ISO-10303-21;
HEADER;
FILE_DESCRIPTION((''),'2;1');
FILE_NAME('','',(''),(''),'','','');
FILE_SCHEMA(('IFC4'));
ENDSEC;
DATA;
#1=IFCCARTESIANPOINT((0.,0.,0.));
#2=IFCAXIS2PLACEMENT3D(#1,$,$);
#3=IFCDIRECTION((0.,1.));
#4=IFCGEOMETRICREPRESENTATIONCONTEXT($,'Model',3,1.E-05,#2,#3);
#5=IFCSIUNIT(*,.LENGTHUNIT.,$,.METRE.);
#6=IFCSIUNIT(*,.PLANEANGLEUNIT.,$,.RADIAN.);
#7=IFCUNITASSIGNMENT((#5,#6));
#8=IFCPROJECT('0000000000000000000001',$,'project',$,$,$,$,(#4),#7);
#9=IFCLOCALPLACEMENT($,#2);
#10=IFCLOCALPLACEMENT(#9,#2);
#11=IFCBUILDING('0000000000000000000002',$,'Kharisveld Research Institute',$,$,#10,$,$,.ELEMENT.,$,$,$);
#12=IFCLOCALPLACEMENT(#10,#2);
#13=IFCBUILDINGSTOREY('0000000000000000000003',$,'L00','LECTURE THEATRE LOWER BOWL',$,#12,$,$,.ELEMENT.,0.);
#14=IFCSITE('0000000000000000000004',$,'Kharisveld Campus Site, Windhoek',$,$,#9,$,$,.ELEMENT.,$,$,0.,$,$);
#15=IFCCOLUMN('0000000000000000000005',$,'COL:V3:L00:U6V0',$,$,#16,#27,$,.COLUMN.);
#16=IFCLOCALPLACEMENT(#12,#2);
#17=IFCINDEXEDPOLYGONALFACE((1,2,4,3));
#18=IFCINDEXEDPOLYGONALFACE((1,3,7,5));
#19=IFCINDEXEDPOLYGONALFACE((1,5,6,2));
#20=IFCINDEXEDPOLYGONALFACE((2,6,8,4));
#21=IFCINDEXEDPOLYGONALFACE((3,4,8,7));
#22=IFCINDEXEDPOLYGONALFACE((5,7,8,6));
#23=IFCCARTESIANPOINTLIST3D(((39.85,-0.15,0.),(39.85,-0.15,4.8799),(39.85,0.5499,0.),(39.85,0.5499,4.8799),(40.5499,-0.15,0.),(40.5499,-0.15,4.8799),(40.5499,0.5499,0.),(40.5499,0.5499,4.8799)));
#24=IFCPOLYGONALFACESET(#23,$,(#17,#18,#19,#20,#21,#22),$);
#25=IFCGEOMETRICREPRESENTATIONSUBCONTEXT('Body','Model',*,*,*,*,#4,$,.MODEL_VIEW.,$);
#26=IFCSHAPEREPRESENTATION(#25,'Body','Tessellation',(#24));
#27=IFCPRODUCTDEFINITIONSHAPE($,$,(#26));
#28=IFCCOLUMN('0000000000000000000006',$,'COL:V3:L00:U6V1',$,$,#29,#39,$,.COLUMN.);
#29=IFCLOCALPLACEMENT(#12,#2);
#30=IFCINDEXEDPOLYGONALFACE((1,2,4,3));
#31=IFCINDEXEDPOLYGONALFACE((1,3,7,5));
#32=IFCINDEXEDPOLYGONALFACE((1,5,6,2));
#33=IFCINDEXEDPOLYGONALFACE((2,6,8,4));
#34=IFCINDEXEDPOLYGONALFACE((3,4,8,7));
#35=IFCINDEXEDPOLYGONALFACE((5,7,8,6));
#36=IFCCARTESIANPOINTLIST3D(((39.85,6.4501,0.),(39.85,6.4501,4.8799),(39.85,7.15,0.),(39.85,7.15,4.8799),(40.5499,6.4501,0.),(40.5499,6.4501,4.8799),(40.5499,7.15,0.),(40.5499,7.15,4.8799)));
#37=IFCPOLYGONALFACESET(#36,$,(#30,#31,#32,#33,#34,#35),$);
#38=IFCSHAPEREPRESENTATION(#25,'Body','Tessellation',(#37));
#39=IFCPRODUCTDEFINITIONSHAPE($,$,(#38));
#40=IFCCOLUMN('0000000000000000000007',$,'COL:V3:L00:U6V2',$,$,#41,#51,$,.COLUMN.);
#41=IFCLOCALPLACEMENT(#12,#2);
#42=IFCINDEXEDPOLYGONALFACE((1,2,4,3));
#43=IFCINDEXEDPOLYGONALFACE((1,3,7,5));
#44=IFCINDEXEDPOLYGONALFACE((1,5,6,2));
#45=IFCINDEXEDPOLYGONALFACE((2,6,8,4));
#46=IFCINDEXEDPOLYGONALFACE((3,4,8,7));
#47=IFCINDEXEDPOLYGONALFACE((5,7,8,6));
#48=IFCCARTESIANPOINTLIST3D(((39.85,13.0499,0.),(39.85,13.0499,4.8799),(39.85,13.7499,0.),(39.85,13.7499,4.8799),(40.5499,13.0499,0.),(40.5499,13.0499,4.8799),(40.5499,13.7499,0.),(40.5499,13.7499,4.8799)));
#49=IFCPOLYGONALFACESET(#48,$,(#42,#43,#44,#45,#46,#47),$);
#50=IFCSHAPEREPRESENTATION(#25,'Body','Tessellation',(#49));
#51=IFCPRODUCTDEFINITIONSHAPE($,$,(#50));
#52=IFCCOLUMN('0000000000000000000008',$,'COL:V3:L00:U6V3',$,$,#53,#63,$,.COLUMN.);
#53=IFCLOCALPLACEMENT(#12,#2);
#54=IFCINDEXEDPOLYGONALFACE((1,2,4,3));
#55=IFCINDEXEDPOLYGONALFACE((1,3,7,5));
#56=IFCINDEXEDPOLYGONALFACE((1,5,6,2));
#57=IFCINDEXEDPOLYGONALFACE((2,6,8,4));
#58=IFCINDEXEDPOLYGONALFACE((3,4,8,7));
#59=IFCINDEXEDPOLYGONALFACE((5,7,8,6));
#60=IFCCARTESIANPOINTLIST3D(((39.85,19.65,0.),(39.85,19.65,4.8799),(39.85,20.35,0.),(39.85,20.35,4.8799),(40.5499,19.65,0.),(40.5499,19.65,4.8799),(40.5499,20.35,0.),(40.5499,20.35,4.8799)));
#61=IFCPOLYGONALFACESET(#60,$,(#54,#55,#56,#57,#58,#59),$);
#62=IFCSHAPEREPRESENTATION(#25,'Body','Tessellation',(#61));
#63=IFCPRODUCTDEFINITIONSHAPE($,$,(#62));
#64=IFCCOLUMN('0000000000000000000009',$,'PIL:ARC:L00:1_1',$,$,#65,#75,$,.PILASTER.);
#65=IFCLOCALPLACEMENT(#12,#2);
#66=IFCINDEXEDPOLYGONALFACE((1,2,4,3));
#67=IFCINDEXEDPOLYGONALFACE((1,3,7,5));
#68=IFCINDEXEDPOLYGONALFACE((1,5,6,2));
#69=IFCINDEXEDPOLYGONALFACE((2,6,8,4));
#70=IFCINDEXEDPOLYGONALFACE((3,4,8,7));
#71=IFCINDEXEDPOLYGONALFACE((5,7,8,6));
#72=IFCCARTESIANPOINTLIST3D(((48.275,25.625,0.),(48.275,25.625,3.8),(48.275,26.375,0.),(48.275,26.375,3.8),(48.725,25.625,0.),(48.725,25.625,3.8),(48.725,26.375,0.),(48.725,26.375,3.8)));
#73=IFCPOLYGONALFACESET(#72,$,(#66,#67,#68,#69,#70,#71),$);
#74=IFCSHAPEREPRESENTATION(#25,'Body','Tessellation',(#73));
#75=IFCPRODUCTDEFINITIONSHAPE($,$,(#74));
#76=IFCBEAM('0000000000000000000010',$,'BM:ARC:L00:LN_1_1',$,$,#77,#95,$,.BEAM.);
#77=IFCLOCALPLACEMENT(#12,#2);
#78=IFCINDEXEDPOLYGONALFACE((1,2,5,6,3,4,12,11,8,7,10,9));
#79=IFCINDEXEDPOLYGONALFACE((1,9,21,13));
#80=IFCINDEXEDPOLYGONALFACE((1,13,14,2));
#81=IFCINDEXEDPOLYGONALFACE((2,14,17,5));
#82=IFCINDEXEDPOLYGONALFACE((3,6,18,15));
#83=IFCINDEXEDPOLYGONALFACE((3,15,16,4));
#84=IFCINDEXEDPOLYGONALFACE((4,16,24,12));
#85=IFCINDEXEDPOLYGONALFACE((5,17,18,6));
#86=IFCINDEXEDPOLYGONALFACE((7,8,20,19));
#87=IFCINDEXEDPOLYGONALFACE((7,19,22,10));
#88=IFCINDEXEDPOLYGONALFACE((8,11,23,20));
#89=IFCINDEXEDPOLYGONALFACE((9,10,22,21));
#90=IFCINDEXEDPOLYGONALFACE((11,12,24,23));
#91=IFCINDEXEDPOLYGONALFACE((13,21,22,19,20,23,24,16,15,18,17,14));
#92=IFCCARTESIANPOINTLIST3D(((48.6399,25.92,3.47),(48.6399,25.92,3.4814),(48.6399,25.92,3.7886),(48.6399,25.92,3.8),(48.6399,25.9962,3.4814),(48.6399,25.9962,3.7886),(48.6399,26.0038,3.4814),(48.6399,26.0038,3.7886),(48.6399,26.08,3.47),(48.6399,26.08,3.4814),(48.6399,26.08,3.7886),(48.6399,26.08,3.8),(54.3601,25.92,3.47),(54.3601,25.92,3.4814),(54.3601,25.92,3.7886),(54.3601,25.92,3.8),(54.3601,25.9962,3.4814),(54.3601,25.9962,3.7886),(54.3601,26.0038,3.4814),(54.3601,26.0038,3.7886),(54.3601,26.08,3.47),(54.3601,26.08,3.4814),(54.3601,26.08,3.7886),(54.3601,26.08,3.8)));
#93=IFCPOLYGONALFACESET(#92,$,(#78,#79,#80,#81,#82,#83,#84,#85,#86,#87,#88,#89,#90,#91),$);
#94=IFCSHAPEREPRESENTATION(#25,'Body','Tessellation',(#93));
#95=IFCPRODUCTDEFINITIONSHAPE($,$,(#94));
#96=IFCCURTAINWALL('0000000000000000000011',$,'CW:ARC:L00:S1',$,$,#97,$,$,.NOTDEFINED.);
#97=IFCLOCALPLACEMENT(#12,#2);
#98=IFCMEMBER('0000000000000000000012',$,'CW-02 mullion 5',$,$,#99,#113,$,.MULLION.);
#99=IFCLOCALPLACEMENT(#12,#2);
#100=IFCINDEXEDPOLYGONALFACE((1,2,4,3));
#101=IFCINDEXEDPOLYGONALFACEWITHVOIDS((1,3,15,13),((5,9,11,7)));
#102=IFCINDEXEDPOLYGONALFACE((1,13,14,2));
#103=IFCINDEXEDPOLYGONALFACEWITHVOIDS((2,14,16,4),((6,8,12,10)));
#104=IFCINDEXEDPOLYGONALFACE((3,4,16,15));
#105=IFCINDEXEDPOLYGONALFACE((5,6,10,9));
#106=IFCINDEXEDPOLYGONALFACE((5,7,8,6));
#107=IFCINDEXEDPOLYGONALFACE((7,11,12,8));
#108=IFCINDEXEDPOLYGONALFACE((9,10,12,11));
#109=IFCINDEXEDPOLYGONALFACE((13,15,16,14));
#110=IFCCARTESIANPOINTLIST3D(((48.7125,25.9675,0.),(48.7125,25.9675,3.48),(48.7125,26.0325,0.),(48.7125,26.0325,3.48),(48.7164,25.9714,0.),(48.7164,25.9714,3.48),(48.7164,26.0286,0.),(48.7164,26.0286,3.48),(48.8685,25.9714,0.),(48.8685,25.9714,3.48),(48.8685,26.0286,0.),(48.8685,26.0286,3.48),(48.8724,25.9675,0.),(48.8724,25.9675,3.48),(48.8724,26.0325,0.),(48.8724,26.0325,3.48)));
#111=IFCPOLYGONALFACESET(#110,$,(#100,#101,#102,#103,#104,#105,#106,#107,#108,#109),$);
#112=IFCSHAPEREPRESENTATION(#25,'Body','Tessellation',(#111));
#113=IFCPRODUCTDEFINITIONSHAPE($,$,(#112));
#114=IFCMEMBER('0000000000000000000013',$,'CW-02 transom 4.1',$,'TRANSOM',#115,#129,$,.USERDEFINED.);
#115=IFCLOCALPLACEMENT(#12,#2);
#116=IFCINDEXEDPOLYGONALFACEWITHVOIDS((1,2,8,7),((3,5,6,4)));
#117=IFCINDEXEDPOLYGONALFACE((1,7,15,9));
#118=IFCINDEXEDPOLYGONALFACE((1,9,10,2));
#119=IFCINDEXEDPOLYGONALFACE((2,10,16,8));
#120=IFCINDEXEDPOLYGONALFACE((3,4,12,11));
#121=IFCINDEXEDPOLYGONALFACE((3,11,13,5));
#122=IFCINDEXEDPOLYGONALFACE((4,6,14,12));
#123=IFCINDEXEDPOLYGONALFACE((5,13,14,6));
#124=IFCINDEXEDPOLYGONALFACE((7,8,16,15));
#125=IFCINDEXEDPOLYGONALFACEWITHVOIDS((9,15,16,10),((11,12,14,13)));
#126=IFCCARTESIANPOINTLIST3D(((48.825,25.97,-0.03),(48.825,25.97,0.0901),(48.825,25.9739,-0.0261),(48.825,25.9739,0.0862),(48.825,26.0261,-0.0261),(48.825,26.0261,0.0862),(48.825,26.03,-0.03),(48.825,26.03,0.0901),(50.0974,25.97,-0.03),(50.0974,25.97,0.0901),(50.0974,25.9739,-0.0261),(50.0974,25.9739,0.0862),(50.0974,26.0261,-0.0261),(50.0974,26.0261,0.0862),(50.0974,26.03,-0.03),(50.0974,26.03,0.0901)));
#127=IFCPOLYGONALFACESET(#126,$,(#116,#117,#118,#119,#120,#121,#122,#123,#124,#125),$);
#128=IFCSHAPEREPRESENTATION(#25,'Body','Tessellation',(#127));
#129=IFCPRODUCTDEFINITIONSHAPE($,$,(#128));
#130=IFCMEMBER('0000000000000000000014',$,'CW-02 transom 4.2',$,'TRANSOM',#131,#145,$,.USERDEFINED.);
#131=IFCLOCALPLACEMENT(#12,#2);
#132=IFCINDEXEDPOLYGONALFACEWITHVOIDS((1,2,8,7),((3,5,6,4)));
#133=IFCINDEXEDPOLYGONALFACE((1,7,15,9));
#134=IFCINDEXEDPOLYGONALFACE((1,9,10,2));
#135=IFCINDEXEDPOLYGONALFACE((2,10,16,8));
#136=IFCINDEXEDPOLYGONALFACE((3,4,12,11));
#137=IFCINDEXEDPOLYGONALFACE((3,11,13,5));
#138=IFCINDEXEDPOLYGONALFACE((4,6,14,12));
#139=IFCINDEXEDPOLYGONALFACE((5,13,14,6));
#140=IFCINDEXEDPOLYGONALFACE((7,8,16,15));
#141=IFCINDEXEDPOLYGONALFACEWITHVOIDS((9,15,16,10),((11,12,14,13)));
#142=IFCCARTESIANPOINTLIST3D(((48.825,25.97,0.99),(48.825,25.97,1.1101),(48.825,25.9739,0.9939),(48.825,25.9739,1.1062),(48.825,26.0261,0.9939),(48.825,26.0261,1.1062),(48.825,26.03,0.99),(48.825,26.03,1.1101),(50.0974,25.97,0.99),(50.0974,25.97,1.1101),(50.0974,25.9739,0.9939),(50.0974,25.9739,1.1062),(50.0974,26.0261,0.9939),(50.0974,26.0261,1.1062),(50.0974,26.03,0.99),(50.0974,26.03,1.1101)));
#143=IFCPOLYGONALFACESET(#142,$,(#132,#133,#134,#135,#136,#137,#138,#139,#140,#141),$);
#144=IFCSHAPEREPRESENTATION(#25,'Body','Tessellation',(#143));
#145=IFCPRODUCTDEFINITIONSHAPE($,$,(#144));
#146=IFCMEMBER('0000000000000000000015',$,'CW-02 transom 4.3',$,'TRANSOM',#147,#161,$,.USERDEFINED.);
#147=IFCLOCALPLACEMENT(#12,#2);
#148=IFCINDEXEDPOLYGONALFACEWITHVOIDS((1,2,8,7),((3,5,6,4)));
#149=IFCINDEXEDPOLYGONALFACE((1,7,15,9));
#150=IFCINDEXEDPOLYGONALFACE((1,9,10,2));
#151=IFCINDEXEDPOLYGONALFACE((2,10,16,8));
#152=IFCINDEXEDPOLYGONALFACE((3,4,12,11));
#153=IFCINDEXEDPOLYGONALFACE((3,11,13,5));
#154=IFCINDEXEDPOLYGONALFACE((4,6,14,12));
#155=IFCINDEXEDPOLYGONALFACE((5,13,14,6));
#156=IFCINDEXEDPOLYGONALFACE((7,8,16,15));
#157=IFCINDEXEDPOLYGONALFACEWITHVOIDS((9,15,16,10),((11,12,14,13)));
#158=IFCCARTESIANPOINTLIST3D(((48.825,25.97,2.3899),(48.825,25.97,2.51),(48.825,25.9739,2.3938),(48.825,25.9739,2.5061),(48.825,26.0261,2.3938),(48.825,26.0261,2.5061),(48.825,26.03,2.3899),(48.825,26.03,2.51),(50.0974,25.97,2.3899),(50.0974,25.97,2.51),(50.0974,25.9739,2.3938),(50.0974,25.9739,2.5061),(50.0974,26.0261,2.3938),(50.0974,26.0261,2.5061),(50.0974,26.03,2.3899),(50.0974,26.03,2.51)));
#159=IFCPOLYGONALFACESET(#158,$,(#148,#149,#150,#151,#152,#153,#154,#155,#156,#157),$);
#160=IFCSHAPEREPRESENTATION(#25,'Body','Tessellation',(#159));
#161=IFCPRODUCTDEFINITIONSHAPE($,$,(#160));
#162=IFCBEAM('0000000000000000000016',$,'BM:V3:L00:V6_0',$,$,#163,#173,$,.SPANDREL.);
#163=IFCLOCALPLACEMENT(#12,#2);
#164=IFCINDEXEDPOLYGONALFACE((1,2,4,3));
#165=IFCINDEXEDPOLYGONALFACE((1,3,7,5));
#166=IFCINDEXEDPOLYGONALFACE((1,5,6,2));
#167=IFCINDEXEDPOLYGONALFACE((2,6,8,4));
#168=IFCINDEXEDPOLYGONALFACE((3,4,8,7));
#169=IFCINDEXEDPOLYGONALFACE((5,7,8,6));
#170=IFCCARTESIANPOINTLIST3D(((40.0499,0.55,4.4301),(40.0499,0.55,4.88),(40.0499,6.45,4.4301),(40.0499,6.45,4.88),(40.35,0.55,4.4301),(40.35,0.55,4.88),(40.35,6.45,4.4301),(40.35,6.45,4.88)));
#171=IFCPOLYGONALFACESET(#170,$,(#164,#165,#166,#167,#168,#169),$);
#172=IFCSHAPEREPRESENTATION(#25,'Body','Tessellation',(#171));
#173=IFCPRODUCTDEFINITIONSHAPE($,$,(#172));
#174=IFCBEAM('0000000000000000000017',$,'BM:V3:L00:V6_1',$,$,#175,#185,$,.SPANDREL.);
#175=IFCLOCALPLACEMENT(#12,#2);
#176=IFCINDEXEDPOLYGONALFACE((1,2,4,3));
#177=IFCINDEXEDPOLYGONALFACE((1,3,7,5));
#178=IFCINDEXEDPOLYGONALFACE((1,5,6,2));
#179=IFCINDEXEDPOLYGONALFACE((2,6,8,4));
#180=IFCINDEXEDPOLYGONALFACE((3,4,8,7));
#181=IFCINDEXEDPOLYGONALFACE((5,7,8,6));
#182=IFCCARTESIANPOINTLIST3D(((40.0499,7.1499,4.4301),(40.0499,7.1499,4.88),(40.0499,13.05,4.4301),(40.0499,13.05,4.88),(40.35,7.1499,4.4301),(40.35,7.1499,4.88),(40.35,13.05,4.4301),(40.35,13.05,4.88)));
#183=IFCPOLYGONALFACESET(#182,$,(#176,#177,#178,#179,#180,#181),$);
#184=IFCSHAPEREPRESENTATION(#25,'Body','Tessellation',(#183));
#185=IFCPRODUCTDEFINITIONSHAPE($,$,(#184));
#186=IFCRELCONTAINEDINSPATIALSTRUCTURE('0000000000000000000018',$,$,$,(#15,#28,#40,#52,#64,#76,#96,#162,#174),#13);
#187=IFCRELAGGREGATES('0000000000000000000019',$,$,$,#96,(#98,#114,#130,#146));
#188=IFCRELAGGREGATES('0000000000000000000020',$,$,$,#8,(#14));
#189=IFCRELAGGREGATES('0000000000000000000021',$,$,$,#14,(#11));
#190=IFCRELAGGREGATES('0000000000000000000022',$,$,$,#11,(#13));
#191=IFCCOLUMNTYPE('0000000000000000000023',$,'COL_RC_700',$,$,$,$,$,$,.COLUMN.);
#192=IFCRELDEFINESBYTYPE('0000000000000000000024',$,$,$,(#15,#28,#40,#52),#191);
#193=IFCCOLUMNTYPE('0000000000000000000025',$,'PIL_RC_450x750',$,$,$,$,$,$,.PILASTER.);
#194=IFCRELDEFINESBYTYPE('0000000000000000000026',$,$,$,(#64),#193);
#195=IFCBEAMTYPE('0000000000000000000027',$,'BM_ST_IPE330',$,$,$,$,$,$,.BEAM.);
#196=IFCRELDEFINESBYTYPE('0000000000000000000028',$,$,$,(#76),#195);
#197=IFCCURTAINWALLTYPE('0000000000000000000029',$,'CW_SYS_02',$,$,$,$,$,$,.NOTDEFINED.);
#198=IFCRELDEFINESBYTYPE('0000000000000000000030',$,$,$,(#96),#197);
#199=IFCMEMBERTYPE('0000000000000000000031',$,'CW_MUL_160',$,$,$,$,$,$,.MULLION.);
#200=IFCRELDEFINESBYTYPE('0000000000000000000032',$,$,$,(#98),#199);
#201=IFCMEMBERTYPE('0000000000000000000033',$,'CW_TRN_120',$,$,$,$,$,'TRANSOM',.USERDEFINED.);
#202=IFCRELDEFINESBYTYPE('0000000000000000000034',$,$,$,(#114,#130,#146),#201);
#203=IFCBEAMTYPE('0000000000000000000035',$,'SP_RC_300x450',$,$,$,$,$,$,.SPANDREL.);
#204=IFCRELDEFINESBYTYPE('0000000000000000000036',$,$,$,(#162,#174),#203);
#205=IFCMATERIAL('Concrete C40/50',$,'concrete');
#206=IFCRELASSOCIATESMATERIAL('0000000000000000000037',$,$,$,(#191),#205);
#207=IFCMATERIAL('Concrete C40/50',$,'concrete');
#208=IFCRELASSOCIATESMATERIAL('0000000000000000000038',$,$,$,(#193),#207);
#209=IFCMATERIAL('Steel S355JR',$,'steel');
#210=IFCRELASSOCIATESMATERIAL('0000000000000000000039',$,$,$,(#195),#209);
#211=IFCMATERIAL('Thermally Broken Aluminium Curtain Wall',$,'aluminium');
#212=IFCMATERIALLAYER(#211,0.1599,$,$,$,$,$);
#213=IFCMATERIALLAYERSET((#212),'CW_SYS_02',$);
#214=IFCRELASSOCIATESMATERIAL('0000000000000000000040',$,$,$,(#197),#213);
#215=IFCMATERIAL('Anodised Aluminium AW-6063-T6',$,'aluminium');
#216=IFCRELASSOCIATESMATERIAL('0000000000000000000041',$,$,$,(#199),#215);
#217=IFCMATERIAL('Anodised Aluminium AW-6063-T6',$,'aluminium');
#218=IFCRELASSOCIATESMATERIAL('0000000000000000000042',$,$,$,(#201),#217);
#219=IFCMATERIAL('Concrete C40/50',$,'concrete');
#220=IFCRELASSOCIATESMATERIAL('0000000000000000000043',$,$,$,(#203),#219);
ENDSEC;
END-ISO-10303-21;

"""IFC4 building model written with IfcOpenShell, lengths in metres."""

from ifc_helpers import new_model, si_unit, direction, frame, origin, origin_2d, place, context, subcontext, project, spatial, rectangle, hollow_rectangle, i_section, extrude, material, layer, layer_set, material_profile, profile_set, type_object, element, aggregate, save


model = new_model("IFC4")

# Units and contexts
model_context = context("Model", 3, precision=1e-05, world=origin(), true_north=direction((0.0, 1.0)))
body_context = subcontext(model_context, "Body", "Model", "MODEL_VIEW")
ifc_project = project(units=[si_unit("LENGTHUNIT", "METRE"), si_unit("PLANEANGLEUNIT", "RADIAN")], contexts=[model_context])

# Site, building, storey
site_placement = place(None, origin())
site = spatial("IfcSite", under=ifc_project, at=site_placement, Name="Kharisveld Campus Site, Windhoek", CompositionType="ELEMENT", RefElevation=0.0)
building_placement = place(site_placement, origin())
building = spatial("IfcBuilding", under=site, at=building_placement, Name="Kharisveld Research Institute", CompositionType="ELEMENT")
storey_placement = place(building_placement, origin())
storey = spatial("IfcBuildingStorey", under=building, at=storey_placement, Name="L00", Description="LECTURE THEATRE LOWER BOWL", CompositionType="ELEMENT", Elevation=0.0)

# Columns
ifc_material_1 = material(Name="Concrete C40/50", Category="concrete")
ifc_material_profile_1 = material_profile(ifc_material_1, rectangle(XDim=0.7, YDim=0.7, at=origin_2d()))
ifc_profile_set_1 = profile_set([ifc_material_profile_1], Name="Concrete C40/50")
column_type_1 = type_object("IfcColumnType", Name="COL_RC_700", PredefinedType="COLUMN", material=ifc_profile_set_1)
for number, where, z_axis, x_axis, name in (
    (1, (40.2, 0.2, 0.0), (0.0, 0.0, 1.0), (1.0, 0.0, 0.0), "COL:V3:L00:U6V0"),
    (2, (40.2, 6.8, 0.0), (0.0, 0.0, 1.0), (1.0, 0.0, 0.0), "COL:V3:L00:U6V1"),
    (3, (40.2, 13.3999, 0.0), (0.0, 0.0, 1.0), (1.0, 0.0, 0.0), "COL:V3:L00:U6V2"),
    (4, (40.2, 20.0, 0.0), (0.0, 0.0, 1.0), (1.0, 0.0, 0.0), "COL:V3:L00:U6V3"),
):
    element("IfcColumn", number, at=place(storey_placement, frame(where, z_axis=z_axis, x_axis=x_axis)), inside=storey, type_object=column_type_1, Name=name, PredefinedType="COLUMN", context=body_context, shape_type="SweptSolid", body=[
        extrude(rectangle(XDim=0.7, YDim=0.7, at=origin_2d()), origin(), (0.0, 0.0, 1.0), 4.8799),
    ])
ifc_material_2 = material(Name="Concrete C40/50", Category="concrete")
ifc_material_profile_2 = material_profile(ifc_material_2, rectangle(XDim=0.45, YDim=0.75, at=origin_2d()))
ifc_profile_set_2 = profile_set([ifc_material_profile_2], Name="Concrete C40/50")
column_type_2 = type_object("IfcColumnType", Name="PIL_RC_450x750", PredefinedType="PILASTER", material=ifc_profile_set_2)
column_placement = place(storey_placement, frame((48.5, 26.0, 0.0), z_axis=(0.0, 0.0, 1.0), x_axis=(1.0, 0.0, 0.0)))
element("IfcColumn", 5, at=column_placement, inside=storey, type_object=column_type_2, Name="PIL:ARC:L00:1_1", PredefinedType="PILASTER", context=body_context, shape_type="SweptSolid", body=[
    extrude(rectangle(XDim=0.45, YDim=0.75, at=origin_2d()), origin(), (0.0, 0.0, 1.0), 3.8),
])

# Beam
ifc_material_3 = material(Name="Steel S355JR", Category="steel")
ifc_material_profile_3 = material_profile(ifc_material_3, i_section(OverallWidth=0.1599, OverallDepth=0.3301, WebThickness=0.0076, FlangeThickness=0.0115, at=origin_2d()))
ifc_profile_set_3 = profile_set([ifc_material_profile_3], Name="Steel S355JR")
beam_type_1 = type_object("IfcBeamType", Name="BM_ST_IPE330", PredefinedType="BEAM", material=ifc_profile_set_3)
beam_1_placement = place(storey_placement, frame((48.6399, 26.0, 3.635), z_axis=(1.0, 0.0, 0.0), x_axis=(0.0, 1.0, 0.0)))
element("IfcBeam", 6, at=beam_1_placement, inside=storey, type_object=beam_type_1, Name="BM:ARC:L00:LN_1_1", PredefinedType="BEAM", context=body_context, shape_type="SweptSolid", body=[
    extrude(i_section(OverallWidth=0.1599, OverallDepth=0.3301, WebThickness=0.0076, FlangeThickness=0.0115, at=origin_2d()), origin(), (0.0, 0.0, 1.0), 5.7202),
])

# Curtain wall, members
ifc_material_4 = material(Name="Thermally Broken Aluminium Curtain Wall", Category="aluminium")
ifc_layer_1 = layer(ifc_material_4, 0.1599)
ifc_layer_set_1 = layer_set([ifc_layer_1], Name="CW_SYS_02")
curtain_wall_type = type_object("IfcCurtainWallType", Name="CW_SYS_02", PredefinedType="NOTDEFINED", material=ifc_layer_set_1)
curtain_wall_placement = place(storey_placement, origin())
curtain_wall = element("IfcCurtainWall", 7, at=curtain_wall_placement, inside=storey, type_object=curtain_wall_type, Name="CW:ARC:L00:S1", PredefinedType="NOTDEFINED")
ifc_material_5 = material(Name="Anodised Aluminium AW-6063-T6", Category="aluminium")
ifc_material_profile_4 = material_profile(ifc_material_5, hollow_rectangle(XDim=0.0649, YDim=0.1599, WallThickness=0.0039, at=origin_2d()))
ifc_profile_set_4 = profile_set([ifc_material_profile_4], Name="Anodised Aluminium AW-6063-T6")
member_type_1 = type_object("IfcMemberType", Name="CW_MUL_160", PredefinedType="MULLION", material=ifc_profile_set_4)
member_1_placement = place(storey_placement, frame((48.7925, 26.0, 0.0), z_axis=(0.0, 0.0, 1.0), x_axis=(0.0, -1.0, 0.0)))
member_1 = element("IfcMember", 8, at=member_1_placement, type_object=member_type_1, Name="CW-02 mullion 5", PredefinedType="MULLION", context=body_context, shape_type="SweptSolid", body=[
    extrude(hollow_rectangle(XDim=0.0649, YDim=0.1599, WallThickness=0.0039, at=origin_2d()), origin(), (0.0, 0.0, 1.0), 3.48),
])
ifc_material_6 = material(Name="Anodised Aluminium AW-6063-T6", Category="aluminium")
ifc_material_profile_5 = material_profile(ifc_material_6, hollow_rectangle(XDim=0.0601, YDim=0.1201, WallThickness=0.0039, at=origin_2d()))
ifc_profile_set_5 = profile_set([ifc_material_profile_5], Name="Anodised Aluminium AW-6063-T6")
member_type_2 = type_object("IfcMemberType", Name="CW_TRN_120", ElementType="TRANSOM", PredefinedType="USERDEFINED", material=ifc_profile_set_5)
member_2_placement = place(storey_placement, frame((50.0974, 26.0, 0.03), z_axis=(-1.0, 0.0, 0.0), x_axis=(0.0, -1.0, 0.0)))
member_2 = element("IfcMember", 9, at=member_2_placement, type_object=member_type_2, Name="CW-02 transom 4.1", ObjectType="TRANSOM", PredefinedType="USERDEFINED", context=body_context, shape_type="SweptSolid", body=[
    extrude(hollow_rectangle(XDim=0.0601, YDim=0.1201, WallThickness=0.0039, at=origin_2d()), origin(), (0.0, 0.0, 1.0), 1.2725),
])
member_3_placement = place(storey_placement, frame((50.0974, 26.0, 1.05), z_axis=(-1.0, 0.0, 0.0), x_axis=(0.0, -1.0, 0.0)))
member_3 = element("IfcMember", 10, at=member_3_placement, type_object=member_type_2, Name="CW-02 transom 4.2", ObjectType="TRANSOM", PredefinedType="USERDEFINED", context=body_context, shape_type="SweptSolid", body=[
    extrude(hollow_rectangle(XDim=0.0601, YDim=0.1201, WallThickness=0.0039, at=origin_2d()), origin(), (0.0, 0.0, 1.0), 1.2725),
])
member_4_placement = place(storey_placement, frame((50.0974, 26.0, 2.45), z_axis=(-1.0, 0.0, 0.0), x_axis=(0.0, -1.0, 0.0)))
member_4 = element("IfcMember", 11, at=member_4_placement, type_object=member_type_2, Name="CW-02 transom 4.3", ObjectType="TRANSOM", PredefinedType="USERDEFINED", context=body_context, shape_type="SweptSolid", body=[
    extrude(hollow_rectangle(XDim=0.0601, YDim=0.1201, WallThickness=0.0039, at=origin_2d()), origin(), (0.0, 0.0, 1.0), 1.2725),
])

# Beams
ifc_material_7 = material(Name="Concrete C40/50", Category="concrete")
ifc_material_profile_6 = material_profile(ifc_material_7, rectangle(XDim=0.3, YDim=0.45, at=origin_2d()))
ifc_profile_set_6 = profile_set([ifc_material_profile_6], Name="Concrete C40/50")
beam_type_2 = type_object("IfcBeamType", Name="SP_RC_300x450", PredefinedType="SPANDREL", material=ifc_profile_set_6)
beam_2_placement = place(storey_placement, frame((40.2, 0.55, 4.655), z_axis=(0.0, 1.0, 0.0), x_axis=(-1.0, 0.0, 0.0)))
element("IfcBeam", 12, at=beam_2_placement, inside=storey, type_object=beam_type_2, Name="BM:V3:L00:V6_0", PredefinedType="SPANDREL", context=body_context, shape_type="SweptSolid", body=[
    extrude(rectangle(XDim=0.3, YDim=0.45, at=origin_2d()), origin(), (0.0, 0.0, 1.0), 5.8999),
])
beam_3_placement = place(storey_placement, frame((40.2, 7.1499, 4.655), z_axis=(0.0, 1.0, 0.0), x_axis=(-1.0, 0.0, 0.0)))
element("IfcBeam", 13, at=beam_3_placement, inside=storey, type_object=beam_type_2, Name="BM:V3:L00:V6_1", PredefinedType="SPANDREL", context=body_context, shape_type="SweptSolid", body=[
    extrude(rectangle(XDim=0.3, YDim=0.45, at=origin_2d()), origin(), (0.0, 0.0, 1.0), 5.9001),
])

aggregate(curtain_wall, [member_1, member_2, member_3, member_4])

save(model, "model.ifc")
